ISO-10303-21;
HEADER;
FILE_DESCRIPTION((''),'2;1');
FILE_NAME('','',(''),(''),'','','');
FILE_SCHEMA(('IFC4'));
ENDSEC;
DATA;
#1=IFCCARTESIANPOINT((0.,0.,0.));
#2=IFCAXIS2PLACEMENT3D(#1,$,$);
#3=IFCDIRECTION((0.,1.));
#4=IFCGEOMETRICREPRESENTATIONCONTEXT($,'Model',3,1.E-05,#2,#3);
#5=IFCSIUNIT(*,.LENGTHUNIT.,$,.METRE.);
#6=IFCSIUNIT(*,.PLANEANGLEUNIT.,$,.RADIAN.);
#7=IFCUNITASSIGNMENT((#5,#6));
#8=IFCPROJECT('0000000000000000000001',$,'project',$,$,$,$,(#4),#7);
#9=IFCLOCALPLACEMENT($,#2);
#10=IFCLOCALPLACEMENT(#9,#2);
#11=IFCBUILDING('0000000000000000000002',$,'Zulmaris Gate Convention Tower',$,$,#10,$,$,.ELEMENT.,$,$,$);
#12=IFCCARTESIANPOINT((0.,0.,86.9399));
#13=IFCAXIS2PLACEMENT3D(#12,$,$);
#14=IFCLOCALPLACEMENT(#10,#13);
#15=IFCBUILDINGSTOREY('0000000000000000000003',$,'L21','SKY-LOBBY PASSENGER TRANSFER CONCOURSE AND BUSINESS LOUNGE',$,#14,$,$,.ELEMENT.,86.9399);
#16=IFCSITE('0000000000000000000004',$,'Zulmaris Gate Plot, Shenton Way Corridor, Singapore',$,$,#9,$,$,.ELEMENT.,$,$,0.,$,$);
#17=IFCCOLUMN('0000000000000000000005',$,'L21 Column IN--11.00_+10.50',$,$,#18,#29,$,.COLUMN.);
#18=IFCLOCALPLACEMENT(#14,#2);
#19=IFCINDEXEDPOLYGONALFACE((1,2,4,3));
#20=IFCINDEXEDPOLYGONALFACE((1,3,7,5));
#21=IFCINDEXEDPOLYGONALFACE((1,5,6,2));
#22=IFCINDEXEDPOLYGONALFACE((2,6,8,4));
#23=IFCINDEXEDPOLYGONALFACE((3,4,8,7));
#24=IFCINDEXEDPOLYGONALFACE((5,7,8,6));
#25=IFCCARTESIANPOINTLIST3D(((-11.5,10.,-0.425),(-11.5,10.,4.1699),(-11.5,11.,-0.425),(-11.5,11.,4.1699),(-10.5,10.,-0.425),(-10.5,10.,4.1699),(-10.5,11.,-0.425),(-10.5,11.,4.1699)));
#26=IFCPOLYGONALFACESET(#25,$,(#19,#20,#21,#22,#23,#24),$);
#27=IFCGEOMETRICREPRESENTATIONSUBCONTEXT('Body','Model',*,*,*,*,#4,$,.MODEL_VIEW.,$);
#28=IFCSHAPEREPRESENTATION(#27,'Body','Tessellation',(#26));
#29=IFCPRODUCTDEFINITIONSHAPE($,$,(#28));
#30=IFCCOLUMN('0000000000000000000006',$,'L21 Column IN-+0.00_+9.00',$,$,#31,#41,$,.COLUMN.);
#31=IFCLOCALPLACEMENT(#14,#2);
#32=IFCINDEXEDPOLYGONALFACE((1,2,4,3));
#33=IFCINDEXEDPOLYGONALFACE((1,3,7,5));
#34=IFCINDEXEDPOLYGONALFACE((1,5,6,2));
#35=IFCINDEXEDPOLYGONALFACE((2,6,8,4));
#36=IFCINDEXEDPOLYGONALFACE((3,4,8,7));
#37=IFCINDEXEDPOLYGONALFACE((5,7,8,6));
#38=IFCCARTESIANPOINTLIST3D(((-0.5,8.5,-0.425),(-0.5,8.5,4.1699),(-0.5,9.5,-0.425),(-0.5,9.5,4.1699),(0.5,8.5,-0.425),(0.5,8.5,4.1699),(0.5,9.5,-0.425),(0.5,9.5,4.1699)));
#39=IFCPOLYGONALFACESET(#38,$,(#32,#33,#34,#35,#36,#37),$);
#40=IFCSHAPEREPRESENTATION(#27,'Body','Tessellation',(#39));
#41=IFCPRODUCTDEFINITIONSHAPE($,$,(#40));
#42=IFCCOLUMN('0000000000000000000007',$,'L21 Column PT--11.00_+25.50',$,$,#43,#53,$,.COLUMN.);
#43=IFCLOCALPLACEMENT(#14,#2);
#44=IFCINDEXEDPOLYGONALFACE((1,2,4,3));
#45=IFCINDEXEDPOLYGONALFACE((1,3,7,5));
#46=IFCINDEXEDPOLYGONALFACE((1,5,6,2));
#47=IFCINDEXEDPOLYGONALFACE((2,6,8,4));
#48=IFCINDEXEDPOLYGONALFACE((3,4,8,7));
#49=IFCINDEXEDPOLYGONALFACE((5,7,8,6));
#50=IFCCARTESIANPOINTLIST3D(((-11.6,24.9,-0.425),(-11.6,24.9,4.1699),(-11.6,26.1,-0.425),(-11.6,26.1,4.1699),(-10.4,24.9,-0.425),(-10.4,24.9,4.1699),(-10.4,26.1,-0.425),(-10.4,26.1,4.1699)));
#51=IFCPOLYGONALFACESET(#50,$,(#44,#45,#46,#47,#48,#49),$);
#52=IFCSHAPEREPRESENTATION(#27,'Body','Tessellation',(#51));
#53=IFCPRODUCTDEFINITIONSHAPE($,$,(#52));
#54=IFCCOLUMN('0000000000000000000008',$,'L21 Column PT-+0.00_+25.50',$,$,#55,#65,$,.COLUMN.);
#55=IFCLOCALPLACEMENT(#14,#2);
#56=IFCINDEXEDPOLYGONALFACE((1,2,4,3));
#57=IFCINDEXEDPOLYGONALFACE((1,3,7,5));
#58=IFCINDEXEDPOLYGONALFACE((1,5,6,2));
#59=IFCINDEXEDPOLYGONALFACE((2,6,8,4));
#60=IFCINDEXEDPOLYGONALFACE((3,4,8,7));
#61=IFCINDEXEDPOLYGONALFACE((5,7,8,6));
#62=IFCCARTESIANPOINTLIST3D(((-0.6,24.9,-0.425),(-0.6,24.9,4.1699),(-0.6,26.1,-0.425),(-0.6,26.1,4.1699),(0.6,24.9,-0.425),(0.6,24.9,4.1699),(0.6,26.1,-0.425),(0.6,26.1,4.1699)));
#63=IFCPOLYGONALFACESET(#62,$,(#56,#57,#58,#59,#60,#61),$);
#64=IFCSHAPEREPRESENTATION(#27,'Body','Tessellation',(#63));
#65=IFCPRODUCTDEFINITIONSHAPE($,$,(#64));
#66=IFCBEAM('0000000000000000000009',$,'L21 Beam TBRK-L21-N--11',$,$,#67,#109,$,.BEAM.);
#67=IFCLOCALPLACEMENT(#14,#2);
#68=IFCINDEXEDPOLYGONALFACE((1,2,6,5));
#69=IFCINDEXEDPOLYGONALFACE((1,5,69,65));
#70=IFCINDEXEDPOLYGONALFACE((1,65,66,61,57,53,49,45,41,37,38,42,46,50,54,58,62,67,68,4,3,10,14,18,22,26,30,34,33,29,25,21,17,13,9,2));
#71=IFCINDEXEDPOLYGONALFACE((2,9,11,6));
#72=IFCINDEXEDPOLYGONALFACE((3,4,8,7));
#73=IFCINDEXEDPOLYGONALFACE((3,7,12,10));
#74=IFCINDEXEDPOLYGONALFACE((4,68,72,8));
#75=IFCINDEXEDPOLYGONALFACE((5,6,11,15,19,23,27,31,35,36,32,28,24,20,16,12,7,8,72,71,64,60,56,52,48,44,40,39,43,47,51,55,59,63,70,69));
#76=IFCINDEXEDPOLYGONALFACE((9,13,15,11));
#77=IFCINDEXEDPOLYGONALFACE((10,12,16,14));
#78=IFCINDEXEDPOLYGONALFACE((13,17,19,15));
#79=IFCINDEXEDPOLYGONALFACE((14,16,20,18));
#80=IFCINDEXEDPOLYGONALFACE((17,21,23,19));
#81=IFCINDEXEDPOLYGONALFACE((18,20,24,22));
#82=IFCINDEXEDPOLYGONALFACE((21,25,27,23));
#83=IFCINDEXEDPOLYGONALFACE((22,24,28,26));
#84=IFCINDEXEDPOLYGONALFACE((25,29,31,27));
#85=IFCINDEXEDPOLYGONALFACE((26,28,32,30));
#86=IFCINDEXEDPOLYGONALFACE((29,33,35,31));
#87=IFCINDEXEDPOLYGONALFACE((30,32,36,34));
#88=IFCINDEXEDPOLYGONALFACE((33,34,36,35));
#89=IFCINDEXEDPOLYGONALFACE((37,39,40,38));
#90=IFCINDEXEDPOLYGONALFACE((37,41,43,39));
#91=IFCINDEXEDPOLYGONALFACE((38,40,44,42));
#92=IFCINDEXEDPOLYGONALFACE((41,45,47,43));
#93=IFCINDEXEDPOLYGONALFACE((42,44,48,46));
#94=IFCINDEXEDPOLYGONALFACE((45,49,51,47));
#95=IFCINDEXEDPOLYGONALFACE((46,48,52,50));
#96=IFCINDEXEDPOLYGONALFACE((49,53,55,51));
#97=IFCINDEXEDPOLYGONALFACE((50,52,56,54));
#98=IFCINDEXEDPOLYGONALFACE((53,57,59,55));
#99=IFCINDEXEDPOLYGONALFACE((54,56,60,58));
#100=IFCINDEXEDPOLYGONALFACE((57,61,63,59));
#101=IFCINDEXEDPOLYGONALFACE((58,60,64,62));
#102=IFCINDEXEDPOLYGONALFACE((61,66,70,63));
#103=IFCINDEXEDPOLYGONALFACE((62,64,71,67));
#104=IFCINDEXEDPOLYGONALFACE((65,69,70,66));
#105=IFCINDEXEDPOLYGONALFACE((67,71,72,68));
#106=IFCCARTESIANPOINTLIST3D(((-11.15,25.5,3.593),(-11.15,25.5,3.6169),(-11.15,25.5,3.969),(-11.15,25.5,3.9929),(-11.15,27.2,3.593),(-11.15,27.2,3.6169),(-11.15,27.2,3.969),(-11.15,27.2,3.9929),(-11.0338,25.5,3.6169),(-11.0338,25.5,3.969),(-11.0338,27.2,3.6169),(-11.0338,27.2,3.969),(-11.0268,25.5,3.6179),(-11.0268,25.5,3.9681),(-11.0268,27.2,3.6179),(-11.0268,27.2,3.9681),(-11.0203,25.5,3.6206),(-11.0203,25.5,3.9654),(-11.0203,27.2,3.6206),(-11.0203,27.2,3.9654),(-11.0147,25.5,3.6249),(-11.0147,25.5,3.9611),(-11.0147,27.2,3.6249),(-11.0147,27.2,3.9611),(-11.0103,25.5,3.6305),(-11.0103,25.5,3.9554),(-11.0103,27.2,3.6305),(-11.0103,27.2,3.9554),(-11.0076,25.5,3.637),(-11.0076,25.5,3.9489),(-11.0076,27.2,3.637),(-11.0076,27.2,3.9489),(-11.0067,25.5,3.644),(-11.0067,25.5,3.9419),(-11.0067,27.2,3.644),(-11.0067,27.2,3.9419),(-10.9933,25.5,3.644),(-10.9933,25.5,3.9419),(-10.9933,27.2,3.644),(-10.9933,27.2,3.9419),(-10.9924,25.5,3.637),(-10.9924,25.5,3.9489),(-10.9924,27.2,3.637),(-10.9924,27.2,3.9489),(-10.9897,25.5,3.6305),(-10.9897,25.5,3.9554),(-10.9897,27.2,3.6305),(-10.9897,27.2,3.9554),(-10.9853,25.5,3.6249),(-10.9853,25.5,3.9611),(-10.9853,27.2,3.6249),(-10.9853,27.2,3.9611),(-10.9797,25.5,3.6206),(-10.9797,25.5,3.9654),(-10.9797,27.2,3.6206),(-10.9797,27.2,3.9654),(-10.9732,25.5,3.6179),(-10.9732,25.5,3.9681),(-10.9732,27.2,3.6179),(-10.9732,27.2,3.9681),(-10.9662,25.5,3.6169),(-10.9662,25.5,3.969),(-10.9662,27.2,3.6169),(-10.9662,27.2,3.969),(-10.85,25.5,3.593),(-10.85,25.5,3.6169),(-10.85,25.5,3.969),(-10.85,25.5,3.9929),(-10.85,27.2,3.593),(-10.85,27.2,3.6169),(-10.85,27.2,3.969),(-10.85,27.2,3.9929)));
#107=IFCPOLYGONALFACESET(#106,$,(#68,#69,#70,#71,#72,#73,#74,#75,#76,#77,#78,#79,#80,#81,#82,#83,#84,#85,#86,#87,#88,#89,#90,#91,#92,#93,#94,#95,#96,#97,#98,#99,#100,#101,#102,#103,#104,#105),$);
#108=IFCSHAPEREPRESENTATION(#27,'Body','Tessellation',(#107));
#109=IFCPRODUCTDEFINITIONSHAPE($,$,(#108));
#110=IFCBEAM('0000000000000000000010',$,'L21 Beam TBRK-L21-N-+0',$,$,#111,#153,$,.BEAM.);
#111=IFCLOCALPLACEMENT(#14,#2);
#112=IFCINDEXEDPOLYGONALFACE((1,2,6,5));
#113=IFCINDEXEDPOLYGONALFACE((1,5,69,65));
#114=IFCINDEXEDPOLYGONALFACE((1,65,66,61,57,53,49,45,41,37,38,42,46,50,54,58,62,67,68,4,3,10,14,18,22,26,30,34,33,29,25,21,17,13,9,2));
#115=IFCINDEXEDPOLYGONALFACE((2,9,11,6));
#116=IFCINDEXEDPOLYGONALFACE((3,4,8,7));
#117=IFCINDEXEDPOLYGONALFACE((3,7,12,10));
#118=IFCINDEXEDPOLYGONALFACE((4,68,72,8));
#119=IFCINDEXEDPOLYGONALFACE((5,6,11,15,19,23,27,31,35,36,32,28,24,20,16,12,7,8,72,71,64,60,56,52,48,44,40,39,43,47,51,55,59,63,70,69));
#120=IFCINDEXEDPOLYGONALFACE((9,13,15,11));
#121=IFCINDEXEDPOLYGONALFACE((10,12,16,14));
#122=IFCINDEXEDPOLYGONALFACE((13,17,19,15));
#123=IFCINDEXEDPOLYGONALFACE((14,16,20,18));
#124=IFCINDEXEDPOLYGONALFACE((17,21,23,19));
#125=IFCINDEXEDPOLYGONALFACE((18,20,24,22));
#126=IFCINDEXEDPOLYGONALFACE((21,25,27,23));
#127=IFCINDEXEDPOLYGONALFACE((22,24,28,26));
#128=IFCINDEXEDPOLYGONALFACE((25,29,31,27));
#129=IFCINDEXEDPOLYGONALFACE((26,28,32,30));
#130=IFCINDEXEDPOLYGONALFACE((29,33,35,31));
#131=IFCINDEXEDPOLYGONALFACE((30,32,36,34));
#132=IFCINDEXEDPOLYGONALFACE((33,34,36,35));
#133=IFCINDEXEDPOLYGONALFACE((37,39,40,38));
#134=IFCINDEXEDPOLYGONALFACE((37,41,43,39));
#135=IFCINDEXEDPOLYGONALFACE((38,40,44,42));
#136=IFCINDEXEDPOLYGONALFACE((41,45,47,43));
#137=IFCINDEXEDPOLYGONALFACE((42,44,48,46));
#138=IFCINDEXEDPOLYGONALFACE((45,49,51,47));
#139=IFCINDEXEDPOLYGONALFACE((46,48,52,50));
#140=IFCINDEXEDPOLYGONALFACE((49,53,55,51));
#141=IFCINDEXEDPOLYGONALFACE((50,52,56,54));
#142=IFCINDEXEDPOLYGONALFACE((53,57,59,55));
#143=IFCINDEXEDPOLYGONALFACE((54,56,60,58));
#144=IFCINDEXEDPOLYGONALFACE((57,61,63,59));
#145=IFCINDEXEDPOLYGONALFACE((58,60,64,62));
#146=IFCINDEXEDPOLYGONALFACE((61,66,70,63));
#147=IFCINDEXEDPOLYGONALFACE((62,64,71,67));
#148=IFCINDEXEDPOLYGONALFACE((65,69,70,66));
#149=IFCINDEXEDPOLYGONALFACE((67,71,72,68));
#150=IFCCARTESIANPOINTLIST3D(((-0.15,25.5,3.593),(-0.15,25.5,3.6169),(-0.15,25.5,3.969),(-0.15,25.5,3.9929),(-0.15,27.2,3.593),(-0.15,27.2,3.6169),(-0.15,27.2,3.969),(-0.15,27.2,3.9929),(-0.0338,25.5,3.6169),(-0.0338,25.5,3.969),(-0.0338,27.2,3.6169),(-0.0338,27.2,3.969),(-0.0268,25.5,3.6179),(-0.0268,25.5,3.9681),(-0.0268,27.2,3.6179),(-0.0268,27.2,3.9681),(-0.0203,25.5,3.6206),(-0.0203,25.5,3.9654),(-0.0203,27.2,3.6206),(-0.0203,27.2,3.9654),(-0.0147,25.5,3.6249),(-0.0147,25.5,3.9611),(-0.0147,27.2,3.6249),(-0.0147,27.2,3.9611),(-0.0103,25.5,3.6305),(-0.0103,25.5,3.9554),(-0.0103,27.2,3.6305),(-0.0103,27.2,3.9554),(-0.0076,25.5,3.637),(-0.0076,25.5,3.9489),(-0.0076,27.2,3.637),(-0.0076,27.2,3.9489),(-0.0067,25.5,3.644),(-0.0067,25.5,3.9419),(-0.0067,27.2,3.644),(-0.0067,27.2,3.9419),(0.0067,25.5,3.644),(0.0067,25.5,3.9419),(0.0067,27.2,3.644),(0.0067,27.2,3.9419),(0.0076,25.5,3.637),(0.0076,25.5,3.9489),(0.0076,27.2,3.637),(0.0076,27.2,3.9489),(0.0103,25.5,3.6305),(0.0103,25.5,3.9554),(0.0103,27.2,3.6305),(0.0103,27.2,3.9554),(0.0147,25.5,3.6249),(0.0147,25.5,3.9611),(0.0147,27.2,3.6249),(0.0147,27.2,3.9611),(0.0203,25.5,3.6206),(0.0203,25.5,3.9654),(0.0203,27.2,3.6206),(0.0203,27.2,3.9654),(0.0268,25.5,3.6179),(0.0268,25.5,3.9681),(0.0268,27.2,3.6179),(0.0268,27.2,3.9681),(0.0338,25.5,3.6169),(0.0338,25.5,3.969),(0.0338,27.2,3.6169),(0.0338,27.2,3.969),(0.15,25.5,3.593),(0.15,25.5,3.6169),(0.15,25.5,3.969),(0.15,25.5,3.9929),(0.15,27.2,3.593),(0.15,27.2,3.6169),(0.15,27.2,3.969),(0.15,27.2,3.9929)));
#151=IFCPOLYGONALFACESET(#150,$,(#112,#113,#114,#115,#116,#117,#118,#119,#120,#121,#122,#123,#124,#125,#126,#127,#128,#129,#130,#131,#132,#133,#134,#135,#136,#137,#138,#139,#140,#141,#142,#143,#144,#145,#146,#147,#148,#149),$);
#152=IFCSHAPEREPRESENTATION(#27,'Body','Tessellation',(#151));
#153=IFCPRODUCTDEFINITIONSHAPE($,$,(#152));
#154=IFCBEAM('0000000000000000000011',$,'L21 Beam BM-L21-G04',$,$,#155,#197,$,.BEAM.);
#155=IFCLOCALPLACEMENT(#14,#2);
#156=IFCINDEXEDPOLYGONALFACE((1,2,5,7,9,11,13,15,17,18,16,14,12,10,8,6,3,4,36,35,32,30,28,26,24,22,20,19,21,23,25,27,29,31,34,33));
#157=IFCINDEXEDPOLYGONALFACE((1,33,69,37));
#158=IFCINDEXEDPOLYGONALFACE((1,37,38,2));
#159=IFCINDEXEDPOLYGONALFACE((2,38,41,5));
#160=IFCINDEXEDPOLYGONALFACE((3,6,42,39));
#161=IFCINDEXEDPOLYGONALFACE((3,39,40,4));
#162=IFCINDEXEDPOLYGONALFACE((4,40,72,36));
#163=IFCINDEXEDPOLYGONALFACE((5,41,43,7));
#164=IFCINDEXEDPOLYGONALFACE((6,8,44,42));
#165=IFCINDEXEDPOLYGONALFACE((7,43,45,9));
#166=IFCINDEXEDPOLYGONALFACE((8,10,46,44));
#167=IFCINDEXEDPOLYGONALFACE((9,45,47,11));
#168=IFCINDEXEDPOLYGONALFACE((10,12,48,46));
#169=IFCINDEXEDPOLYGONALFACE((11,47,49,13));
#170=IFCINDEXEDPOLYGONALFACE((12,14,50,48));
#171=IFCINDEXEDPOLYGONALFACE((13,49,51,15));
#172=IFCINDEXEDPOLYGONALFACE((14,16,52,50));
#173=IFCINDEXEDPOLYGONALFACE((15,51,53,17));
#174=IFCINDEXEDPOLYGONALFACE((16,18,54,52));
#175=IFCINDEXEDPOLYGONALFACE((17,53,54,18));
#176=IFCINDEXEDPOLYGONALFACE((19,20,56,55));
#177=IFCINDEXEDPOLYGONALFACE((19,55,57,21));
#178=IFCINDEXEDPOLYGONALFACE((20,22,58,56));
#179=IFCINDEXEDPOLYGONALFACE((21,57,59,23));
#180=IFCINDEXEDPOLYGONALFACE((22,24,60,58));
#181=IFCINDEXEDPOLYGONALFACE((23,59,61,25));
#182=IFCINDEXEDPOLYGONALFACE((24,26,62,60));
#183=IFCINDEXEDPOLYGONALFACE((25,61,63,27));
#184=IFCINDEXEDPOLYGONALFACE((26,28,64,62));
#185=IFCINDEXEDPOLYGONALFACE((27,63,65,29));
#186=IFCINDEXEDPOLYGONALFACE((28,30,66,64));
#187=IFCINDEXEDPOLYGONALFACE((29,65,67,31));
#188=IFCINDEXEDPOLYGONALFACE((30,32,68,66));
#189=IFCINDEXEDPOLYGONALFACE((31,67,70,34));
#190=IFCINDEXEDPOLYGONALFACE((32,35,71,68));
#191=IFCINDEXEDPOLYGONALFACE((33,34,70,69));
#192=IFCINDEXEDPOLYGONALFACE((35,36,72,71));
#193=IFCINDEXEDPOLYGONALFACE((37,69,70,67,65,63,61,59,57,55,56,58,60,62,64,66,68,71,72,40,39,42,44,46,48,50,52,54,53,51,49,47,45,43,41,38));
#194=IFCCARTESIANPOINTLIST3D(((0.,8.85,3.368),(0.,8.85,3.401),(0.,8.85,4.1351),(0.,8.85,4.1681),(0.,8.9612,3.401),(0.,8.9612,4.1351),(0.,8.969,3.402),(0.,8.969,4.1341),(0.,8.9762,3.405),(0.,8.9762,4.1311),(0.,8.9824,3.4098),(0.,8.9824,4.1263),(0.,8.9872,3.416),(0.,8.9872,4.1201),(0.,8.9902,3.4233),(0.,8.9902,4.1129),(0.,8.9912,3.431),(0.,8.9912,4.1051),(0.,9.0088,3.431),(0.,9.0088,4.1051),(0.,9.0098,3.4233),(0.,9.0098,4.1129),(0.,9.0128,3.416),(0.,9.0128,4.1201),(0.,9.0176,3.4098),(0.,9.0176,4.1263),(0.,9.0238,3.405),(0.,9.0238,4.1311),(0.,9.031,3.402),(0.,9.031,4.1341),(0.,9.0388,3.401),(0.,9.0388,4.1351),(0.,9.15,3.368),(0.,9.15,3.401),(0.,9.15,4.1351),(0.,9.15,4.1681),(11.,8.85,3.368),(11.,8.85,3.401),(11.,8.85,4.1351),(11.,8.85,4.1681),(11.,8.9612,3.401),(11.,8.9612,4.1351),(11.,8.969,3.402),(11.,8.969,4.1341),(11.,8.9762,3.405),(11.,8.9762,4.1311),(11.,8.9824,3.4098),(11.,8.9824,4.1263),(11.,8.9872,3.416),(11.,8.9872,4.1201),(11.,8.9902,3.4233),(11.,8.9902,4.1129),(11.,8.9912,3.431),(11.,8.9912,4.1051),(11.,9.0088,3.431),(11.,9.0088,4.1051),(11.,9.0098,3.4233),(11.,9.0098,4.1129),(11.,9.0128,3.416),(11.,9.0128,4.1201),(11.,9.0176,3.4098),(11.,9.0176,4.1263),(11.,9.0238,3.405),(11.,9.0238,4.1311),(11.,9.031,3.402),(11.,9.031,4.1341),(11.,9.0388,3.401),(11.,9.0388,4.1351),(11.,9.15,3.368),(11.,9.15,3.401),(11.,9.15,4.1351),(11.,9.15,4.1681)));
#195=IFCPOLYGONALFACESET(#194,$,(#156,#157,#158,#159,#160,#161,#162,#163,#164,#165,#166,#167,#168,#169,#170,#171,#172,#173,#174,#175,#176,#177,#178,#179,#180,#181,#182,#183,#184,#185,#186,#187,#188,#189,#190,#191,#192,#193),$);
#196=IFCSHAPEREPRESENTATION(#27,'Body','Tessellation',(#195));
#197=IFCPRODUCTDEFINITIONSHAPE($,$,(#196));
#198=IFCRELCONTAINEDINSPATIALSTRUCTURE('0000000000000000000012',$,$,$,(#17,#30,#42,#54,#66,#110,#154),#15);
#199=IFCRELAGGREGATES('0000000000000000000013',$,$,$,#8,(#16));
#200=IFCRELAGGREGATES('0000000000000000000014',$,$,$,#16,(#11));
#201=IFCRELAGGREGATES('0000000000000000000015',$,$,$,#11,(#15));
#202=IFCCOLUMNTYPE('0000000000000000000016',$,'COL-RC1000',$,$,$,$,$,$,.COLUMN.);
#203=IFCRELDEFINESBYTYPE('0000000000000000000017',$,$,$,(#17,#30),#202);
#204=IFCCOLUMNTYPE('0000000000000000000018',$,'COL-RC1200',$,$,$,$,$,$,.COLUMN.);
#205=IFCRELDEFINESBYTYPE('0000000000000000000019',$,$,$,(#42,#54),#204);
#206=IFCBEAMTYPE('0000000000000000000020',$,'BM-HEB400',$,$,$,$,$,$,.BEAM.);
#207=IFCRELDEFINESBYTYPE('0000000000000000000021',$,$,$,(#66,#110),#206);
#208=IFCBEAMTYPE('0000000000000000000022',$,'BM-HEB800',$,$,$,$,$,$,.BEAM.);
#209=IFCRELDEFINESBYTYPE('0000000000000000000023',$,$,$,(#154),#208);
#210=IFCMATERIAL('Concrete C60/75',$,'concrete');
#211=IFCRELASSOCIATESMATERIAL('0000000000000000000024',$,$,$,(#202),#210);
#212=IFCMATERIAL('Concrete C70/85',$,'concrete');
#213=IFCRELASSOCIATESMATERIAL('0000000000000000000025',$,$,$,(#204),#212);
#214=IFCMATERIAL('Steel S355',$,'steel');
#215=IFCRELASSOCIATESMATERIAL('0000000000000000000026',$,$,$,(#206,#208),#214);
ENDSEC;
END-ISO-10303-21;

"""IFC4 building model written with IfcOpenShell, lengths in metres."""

from ifc_helpers import new_model, si_unit, direction, frame, origin, origin_2d, place, context, subcontext, project, spatial, rectangle, i_section, extrude, material, material_profile, profile_set, type_object, element, save


model = new_model("IFC4")

# Units and contexts
model_context = context("Model", 3, precision=1e-05, world=origin(), true_north=direction((0.0, 1.0)))
body_context = subcontext(model_context, "Body", "Model", "MODEL_VIEW")
ifc_project = project(units=[si_unit("LENGTHUNIT", "METRE"), si_unit("PLANEANGLEUNIT", "RADIAN")], contexts=[model_context])

# Site, building, storey
site_placement = place(None, origin())
site = spatial("IfcSite", under=ifc_project, at=site_placement, Name="Zulmaris Gate Plot, Shenton Way Corridor, Singapore", CompositionType="ELEMENT", RefElevation=0.0)
building_placement = place(site_placement, origin())
building = spatial("IfcBuilding", under=site, at=building_placement, Name="Zulmaris Gate Convention Tower", CompositionType="ELEMENT")
storey_placement = place(building_placement, frame((0.0, 0.0, 86.9399)))
storey = spatial("IfcBuildingStorey", under=building, at=storey_placement, Name="L21", Description="SKY-LOBBY PASSENGER TRANSFER CONCOURSE AND BUSINESS LOUNGE", CompositionType="ELEMENT", Elevation=86.9399)

# Columns
ifc_material_1 = material(Name="Concrete C60/75", Category="concrete")
ifc_material_profile_1 = material_profile(ifc_material_1, rectangle(XDim=1.0, YDim=1.0, at=origin_2d()), Name="RC COL 1000x1000")
ifc_profile_set_1 = profile_set([ifc_material_profile_1], Name="Concrete C60/75")
column_type_1 = type_object("IfcColumnType", Name="COL-RC1000", PredefinedType="COLUMN", material=ifc_profile_set_1)
for number, where, z_axis, x_axis, name in (
    (1, (-11.0, 10.5, -0.425), (0.0, 0.0, 1.0), (1.0, 0.0, 0.0), "L21 Column IN--11.00_+10.50"),
    (2, (0.0, 9.0, -0.425), (0.0, 0.0, 1.0), (1.0, 0.0, 0.0), "L21 Column IN-+0.00_+9.00"),
):
    element("IfcColumn", number, at=place(storey_placement, frame(where, z_axis=z_axis, x_axis=x_axis)), inside=storey, type_object=column_type_1, Name=name, PredefinedType="COLUMN", context=body_context, shape_type="SweptSolid", body=[
        extrude(rectangle(XDim=1.0, YDim=1.0, at=origin_2d()), origin(), (0.0, 0.0, 1.0), 4.595),
    ])
ifc_material_2 = material(Name="Concrete C70/85", Category="concrete")
ifc_material_profile_2 = material_profile(ifc_material_2, rectangle(XDim=1.2, YDim=1.2, at=origin_2d()), Name="RC COL 1200x1200")
ifc_profile_set_2 = profile_set([ifc_material_profile_2], Name="Concrete C70/85")
column_type_2 = type_object("IfcColumnType", Name="COL-RC1200", PredefinedType="COLUMN", material=ifc_profile_set_2)
for number, where, z_axis, x_axis, name in (
    (3, (-11.0, 25.5, -0.425), (0.0, 0.0, 1.0), (1.0, 0.0, 0.0), "L21 Column PT--11.00_+25.50"),
    (4, (0.0, 25.5, -0.425), (0.0, 0.0, 1.0), (1.0, 0.0, 0.0), "L21 Column PT-+0.00_+25.50"),
):
    element("IfcColumn", number, at=place(storey_placement, frame(where, z_axis=z_axis, x_axis=x_axis)), inside=storey, type_object=column_type_2, Name=name, PredefinedType="COLUMN", context=body_context, shape_type="SweptSolid", body=[
        extrude(rectangle(XDim=1.2, YDim=1.2, at=origin_2d()), origin(), (0.0, 0.0, 1.0), 4.595),
    ])

# Beams
ifc_material_3 = material(Name="Steel S355", Category="steel")
ifc_material_profile_3 = material_profile(ifc_material_3, i_section(OverallWidth=0.3, OverallDepth=0.3999, WebThickness=0.0134, FlangeThickness=0.0239, FilletRadius=0.0271, at=origin_2d()), Name="HEB 400")
ifc_profile_set_3 = profile_set([ifc_material_profile_3], Name="Steel S355")
beam_type_1 = type_object("IfcBeamType", Name="BM-HEB400", PredefinedType="BEAM", material=ifc_profile_set_3)
for number, where, z_axis, x_axis, name in (
    (5, (-11.0, 25.5, 3.793), (0.0, 1.0, 0.0), (-1.0, 0.0, 0.0), "L21 Beam TBRK-L21-N--11"),
    (6, (0.0, 25.5, 3.793), (0.0, 1.0, 0.0), (-1.0, 0.0, 0.0), "L21 Beam TBRK-L21-N-+0"),
):
    element("IfcBeam", number, at=place(storey_placement, frame(where, z_axis=z_axis, x_axis=x_axis)), inside=storey, type_object=beam_type_1, Name=name, PredefinedType="BEAM", context=body_context, shape_type="SweptSolid", body=[
        extrude(i_section(OverallWidth=0.3, OverallDepth=0.3999, WebThickness=0.0134, FlangeThickness=0.0239, FilletRadius=0.0271, at=origin_2d()), origin(), (0.0, 0.0, 1.0), 1.7),
    ])
ifc_material_profile_4 = material_profile(ifc_material_3, i_section(OverallWidth=0.3, OverallDepth=0.8, WebThickness=0.0176, FlangeThickness=0.033, FilletRadius=0.03, at=origin_2d()), Name="HEB 800")
ifc_profile_set_4 = profile_set([ifc_material_profile_4], Name="Steel S355")
beam_type_2 = type_object("IfcBeamType", Name="BM-HEB800", PredefinedType="BEAM", material=ifc_profile_set_4)
beam_1_placement = place(storey_placement, frame((0.0, 9.0, 3.7681), z_axis=(1.0, 0.0, 0.0), x_axis=(0.0, 1.0, 0.0)))
element("IfcBeam", 7, at=beam_1_placement, inside=storey, type_object=beam_type_2, Name="L21 Beam BM-L21-G04", PredefinedType="BEAM", context=body_context, shape_type="SweptSolid", body=[
    extrude(i_section(OverallWidth=0.3, OverallDepth=0.8, WebThickness=0.0176, FlangeThickness=0.033, FilletRadius=0.03, at=origin_2d()), origin(), (0.0, 0.0, 1.0), 11.0),
])

save(model, "model.ifc")
